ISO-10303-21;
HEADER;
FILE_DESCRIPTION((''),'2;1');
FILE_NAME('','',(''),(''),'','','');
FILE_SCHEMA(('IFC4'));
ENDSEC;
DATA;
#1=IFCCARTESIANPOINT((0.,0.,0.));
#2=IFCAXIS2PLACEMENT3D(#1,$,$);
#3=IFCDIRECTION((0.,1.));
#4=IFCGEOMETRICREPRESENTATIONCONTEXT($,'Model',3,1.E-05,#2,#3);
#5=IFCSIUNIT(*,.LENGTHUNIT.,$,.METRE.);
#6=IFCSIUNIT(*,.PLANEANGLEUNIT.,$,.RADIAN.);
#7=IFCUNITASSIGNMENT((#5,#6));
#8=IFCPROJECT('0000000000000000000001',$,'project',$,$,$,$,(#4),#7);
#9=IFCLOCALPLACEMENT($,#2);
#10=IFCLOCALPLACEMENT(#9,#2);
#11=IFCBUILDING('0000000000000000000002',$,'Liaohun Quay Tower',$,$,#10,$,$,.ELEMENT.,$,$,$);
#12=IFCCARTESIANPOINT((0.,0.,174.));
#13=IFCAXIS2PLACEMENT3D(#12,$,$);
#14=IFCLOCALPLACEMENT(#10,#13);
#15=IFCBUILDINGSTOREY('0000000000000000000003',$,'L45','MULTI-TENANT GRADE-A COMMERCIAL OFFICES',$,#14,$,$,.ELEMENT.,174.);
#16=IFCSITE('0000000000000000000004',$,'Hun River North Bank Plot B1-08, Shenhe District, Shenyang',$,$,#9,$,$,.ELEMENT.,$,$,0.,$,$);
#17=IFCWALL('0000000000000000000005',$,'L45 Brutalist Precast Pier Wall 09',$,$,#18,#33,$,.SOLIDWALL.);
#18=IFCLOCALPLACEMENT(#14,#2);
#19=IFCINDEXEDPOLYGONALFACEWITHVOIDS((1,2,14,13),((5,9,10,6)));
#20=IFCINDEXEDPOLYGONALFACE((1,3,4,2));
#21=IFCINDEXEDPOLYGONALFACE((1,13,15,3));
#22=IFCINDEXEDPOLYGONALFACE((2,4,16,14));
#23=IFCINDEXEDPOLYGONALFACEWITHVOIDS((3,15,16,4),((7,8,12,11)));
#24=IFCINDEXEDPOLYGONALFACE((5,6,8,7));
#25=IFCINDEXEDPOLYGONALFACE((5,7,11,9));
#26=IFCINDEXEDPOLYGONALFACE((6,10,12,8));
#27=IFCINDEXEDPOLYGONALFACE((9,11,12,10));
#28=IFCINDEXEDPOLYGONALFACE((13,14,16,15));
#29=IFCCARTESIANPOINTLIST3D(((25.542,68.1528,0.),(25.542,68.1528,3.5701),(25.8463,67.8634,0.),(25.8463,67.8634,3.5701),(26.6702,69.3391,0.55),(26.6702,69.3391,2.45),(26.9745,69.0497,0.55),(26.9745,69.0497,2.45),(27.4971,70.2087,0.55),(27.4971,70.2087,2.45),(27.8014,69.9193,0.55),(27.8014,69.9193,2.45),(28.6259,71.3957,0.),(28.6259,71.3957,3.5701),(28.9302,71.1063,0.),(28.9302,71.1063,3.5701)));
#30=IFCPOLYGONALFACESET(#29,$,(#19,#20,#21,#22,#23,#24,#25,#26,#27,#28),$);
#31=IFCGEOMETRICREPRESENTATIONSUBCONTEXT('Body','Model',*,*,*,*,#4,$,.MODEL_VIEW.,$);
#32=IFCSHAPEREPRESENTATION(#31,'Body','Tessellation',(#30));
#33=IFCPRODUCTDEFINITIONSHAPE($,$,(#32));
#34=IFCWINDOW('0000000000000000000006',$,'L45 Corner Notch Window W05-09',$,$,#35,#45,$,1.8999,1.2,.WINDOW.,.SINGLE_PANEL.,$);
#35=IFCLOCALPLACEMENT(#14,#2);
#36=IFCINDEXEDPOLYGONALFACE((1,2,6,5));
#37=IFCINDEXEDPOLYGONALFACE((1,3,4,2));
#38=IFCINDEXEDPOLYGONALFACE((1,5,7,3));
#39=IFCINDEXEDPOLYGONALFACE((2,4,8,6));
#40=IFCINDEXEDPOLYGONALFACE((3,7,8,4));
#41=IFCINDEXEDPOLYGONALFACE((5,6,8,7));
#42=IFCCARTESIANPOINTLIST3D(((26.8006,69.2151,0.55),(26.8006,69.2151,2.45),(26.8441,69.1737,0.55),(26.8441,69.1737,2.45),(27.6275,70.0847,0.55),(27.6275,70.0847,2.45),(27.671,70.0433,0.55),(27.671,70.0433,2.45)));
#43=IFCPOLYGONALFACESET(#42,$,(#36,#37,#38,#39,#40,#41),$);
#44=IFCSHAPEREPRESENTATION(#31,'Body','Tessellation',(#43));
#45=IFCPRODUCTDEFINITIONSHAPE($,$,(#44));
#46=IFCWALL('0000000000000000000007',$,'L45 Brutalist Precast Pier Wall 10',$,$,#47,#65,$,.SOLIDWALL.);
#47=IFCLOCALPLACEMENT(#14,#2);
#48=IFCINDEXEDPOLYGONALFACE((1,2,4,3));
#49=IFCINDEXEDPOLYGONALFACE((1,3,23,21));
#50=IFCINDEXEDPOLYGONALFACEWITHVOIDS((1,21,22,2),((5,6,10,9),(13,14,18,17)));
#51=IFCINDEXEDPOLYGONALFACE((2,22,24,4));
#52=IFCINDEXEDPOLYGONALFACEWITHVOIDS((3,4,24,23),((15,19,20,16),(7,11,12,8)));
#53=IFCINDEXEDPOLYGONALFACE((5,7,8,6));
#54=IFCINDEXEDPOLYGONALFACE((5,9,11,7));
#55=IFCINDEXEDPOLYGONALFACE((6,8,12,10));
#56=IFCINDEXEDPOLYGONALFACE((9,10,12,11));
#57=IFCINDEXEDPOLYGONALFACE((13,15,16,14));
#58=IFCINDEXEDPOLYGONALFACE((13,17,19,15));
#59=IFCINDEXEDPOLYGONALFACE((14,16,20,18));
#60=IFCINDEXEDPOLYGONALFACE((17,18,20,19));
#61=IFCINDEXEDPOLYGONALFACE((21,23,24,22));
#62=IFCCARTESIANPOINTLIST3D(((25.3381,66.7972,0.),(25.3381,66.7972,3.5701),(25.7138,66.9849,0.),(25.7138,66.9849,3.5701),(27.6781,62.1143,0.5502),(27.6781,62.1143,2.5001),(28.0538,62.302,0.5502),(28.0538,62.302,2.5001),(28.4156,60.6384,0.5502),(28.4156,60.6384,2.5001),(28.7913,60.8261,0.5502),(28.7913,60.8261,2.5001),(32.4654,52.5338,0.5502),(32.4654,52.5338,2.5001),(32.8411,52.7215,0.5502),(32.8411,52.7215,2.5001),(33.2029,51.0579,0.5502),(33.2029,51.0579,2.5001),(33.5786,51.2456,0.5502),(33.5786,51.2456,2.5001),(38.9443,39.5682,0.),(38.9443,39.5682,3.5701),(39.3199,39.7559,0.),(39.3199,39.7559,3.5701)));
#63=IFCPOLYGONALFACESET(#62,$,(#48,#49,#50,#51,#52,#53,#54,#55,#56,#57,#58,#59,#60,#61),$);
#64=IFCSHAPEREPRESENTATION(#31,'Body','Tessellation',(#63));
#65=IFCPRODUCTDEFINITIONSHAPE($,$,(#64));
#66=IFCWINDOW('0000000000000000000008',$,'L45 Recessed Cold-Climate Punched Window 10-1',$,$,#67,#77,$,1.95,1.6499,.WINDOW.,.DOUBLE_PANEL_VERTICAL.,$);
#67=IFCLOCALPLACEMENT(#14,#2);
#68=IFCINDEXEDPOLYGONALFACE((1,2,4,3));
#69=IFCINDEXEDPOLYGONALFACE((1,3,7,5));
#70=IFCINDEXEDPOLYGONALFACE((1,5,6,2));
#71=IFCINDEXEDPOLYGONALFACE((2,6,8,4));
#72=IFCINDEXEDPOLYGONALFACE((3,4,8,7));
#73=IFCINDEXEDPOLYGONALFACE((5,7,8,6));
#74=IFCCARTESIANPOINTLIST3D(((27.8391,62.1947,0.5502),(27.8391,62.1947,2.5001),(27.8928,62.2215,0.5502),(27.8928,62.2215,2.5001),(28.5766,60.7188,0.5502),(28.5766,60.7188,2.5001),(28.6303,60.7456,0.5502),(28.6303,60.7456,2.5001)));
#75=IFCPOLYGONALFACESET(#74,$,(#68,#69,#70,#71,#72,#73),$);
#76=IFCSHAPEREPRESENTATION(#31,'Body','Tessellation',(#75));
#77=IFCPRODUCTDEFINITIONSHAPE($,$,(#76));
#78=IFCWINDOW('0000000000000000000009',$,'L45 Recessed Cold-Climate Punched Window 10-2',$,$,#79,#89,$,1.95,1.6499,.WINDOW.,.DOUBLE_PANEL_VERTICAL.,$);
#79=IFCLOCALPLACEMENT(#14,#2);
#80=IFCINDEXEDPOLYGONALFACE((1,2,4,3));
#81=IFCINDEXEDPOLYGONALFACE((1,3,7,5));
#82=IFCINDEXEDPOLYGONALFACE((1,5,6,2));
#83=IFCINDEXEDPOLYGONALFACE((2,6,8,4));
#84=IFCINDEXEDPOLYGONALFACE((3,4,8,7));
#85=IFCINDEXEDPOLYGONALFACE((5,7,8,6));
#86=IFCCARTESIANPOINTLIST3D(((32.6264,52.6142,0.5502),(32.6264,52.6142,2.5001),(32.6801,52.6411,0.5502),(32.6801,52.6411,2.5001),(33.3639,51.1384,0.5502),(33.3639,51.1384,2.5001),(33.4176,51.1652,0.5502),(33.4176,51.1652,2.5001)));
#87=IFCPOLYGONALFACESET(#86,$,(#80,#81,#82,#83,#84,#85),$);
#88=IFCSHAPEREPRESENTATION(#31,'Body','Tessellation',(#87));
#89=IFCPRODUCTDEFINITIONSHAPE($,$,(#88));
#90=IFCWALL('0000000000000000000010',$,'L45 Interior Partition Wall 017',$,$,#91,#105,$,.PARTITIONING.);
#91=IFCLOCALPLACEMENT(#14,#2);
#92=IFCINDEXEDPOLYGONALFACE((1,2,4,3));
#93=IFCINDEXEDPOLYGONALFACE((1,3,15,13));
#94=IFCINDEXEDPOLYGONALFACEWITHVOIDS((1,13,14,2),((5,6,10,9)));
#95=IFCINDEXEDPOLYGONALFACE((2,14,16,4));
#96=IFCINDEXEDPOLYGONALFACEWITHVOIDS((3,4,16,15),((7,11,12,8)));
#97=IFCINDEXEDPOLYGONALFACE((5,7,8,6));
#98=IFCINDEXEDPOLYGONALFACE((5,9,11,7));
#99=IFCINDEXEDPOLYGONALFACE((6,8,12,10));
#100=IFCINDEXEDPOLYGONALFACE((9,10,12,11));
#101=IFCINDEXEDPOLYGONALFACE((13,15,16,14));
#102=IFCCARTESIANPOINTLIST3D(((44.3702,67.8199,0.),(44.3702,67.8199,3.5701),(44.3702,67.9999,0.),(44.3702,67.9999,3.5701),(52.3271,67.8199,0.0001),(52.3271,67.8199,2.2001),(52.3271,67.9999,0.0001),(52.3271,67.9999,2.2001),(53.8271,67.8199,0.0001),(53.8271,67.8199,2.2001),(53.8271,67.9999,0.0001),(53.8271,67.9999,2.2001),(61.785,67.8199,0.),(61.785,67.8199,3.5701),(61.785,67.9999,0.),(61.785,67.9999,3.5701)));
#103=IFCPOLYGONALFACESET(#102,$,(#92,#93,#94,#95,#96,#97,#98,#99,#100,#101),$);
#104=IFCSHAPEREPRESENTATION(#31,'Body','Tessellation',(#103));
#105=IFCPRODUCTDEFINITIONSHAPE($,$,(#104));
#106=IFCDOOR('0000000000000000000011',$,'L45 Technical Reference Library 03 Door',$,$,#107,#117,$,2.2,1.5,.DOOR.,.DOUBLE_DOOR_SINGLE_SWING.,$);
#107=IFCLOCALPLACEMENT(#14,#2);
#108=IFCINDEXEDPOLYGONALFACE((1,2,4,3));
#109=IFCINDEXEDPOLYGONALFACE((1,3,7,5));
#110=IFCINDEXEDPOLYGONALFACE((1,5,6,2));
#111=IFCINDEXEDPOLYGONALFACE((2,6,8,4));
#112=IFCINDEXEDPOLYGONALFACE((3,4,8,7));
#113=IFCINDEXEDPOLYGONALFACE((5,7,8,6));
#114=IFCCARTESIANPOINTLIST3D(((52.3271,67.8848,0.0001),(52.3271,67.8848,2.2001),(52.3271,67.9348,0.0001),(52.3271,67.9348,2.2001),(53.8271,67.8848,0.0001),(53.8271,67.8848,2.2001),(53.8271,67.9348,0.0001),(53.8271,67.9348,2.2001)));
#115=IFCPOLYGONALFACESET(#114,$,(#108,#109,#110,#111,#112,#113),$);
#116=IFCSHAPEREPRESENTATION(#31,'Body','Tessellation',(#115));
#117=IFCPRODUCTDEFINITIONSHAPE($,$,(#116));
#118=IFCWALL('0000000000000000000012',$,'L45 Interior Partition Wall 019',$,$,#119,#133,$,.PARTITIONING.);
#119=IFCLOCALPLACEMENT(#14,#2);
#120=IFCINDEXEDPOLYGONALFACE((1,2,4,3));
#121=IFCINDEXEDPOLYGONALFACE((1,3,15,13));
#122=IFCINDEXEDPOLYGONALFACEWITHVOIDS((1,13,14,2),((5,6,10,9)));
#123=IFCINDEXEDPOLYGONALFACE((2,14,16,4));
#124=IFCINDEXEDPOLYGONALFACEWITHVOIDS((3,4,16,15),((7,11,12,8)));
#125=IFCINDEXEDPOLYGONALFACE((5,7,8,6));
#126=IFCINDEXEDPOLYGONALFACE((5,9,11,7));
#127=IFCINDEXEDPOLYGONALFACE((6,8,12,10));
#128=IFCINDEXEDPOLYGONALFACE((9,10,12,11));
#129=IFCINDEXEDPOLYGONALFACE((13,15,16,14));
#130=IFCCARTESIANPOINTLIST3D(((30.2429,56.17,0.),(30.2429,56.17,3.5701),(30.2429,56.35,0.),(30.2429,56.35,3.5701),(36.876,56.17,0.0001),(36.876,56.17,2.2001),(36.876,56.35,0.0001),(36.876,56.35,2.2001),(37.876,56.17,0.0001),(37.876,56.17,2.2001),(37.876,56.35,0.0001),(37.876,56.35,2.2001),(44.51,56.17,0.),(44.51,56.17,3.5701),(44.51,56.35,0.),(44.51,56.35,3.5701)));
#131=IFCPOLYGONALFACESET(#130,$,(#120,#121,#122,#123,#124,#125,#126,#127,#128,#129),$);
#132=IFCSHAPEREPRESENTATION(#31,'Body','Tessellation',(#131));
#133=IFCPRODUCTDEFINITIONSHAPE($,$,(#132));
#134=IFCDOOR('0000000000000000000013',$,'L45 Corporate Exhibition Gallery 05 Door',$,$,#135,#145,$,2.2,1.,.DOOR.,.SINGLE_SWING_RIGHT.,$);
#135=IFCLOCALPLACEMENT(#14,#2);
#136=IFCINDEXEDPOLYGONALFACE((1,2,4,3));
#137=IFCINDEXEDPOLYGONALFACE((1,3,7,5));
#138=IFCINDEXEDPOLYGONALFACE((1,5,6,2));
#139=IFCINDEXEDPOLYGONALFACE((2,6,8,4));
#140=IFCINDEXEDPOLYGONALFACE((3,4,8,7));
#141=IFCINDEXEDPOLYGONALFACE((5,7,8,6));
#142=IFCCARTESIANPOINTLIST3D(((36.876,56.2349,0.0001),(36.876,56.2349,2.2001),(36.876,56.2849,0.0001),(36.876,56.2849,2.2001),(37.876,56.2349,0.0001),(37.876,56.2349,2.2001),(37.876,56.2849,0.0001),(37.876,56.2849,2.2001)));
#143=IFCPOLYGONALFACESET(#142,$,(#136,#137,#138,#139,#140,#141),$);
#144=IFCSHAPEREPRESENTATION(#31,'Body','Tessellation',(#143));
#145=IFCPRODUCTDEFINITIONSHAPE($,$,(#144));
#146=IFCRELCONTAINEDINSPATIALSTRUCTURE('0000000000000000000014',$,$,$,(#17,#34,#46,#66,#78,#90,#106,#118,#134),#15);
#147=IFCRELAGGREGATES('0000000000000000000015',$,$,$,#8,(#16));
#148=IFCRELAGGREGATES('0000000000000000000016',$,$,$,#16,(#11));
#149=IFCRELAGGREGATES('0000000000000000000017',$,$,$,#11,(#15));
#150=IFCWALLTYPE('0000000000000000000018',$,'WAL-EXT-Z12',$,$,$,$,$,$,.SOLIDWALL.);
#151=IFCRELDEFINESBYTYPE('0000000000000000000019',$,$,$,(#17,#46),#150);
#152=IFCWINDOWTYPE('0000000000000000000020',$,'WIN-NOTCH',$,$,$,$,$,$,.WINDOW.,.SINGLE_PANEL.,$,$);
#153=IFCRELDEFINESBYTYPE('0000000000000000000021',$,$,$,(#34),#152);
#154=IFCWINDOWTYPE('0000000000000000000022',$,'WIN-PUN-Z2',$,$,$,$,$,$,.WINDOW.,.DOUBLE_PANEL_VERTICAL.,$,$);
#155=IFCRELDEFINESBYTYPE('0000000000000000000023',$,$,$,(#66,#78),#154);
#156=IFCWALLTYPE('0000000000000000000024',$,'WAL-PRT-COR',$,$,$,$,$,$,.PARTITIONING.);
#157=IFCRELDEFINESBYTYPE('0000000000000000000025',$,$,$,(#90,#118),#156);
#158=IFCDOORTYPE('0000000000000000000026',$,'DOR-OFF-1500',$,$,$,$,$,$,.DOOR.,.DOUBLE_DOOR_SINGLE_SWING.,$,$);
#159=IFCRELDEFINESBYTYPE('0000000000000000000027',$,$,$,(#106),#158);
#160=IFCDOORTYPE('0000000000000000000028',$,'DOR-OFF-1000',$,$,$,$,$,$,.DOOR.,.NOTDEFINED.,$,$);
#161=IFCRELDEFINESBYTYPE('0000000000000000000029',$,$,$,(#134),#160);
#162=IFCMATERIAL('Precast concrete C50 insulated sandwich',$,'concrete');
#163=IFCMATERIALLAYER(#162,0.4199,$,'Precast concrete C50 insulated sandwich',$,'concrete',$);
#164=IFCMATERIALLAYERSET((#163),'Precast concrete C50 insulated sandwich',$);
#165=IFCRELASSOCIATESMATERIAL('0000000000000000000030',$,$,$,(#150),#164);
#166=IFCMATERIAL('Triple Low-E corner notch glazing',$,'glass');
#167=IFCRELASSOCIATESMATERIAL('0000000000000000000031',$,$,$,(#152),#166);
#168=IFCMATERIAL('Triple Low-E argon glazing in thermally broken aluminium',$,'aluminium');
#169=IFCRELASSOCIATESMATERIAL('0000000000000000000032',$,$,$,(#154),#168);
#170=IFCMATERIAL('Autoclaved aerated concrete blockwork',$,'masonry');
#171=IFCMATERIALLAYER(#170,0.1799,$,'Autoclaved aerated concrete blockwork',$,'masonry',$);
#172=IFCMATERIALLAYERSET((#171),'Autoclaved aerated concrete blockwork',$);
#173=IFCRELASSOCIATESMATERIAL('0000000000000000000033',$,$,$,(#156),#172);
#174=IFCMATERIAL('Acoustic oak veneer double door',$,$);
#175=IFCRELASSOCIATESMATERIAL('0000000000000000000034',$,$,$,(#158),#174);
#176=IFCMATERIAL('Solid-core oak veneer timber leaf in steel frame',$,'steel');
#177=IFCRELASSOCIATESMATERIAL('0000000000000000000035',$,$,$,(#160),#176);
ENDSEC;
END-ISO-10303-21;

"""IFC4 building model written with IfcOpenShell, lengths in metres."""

from ifc_helpers import new_model, si_unit, direction, frame, frame_2d, origin, place, context, subcontext, project, spatial, rectangle, extrude, source, transform, mapped, material, layer, layer_set, type_object, element, fill, save


model = new_model("IFC4")

# Units and contexts
model_context = context("Model", 3, precision=1e-05, world=origin(), true_north=direction((0.0, 1.0)))
body_context = subcontext(model_context, "Body", "Model", "MODEL_VIEW")
ifc_project = project(units=[si_unit("LENGTHUNIT", "METRE"), si_unit("PLANEANGLEUNIT", "RADIAN")], contexts=[model_context])

# Site, building, storey
site_placement = place(None, origin())
site = spatial("IfcSite", under=ifc_project, at=site_placement, Name="Hun River North Bank Plot B1-08, Shenhe District, Shenyang", CompositionType="ELEMENT", RefElevation=0.0)
building_placement = place(site_placement, origin())
building = spatial("IfcBuilding", under=site, at=building_placement, Name="Liaohun Quay Tower", CompositionType="ELEMENT")
storey_placement = place(building_placement, frame((0.0, 0.0, 174.0)))
storey = spatial("IfcBuildingStorey", under=building, at=storey_placement, Name="L45", Description="MULTI-TENANT GRADE-A COMMERCIAL OFFICES", CompositionType="ELEMENT", Elevation=174.0)

# Wall, opening, window
ifc_material_1 = material(Name="Precast concrete C50 insulated sandwich", Category="concrete")
ifc_layer_1 = layer(ifc_material_1, 0.4199, Name="Precast concrete C50 insulated sandwich", Category="concrete")
ifc_layer_set_1 = layer_set([ifc_layer_1], Name="Precast concrete C50 insulated sandwich")
wall_type_1 = type_object("IfcWallType", Name="WAL-EXT-Z12", PredefinedType="SOLIDWALL", material=ifc_layer_set_1)
shared_shape_1 = source(origin(), body_context, "Body", "SweptSolid", [
    extrude(rectangle(XDim=1.2, YDim=1.8999, at=frame_2d((0.6001, 0.95))), frame((0.0, 0.22, 0.0), z_axis=(0.0, -1.0, 0.0), x_axis=(1.0, 0.0, 0.0)), (0.0, 0.0, 1.0), 0.4399),
])
ifc_material_2 = material(Name="Triple Low-E corner notch glazing", Category="glass")
window_type_1 = type_object("IfcWindowType", Name="WIN-NOTCH", PartitioningType="SINGLE_PANEL", PredefinedType="WINDOW", material=ifc_material_2)
shared_shape_2 = source(origin(), body_context, "Body", "SweptSolid", [
    extrude(rectangle(XDim=1.2, YDim=1.8999, at=frame_2d((0.6001, 0.95))), frame((0.0, 0.03, 0.0), z_axis=(0.0, -1.0, 0.0), x_axis=(1.0, 0.0, 0.0)), (0.0, 0.0, 1.0), 0.0601),
])
wall_1_placement = place(storey_placement, frame((28.7781, 71.251, 0.0), z_axis=(0.0, 0.0, 1.0), x_axis=(-0.689126, -0.724641, 0.0)))
wall_1 = element("IfcWall", 1, at=wall_1_placement, inside=storey, type_object=wall_type_1, Name="L45 Brutalist Precast Pier Wall 09", PredefinedType="SOLIDWALL", context=body_context, shape_type="SweptSolid", body=[
    extrude(rectangle(XDim=4.4751, YDim=0.4199, at=frame_2d((2.2375, 0.0))), origin(), (0.0, 0.0, 1.0), 3.5701),
])
opening_1_placement = place(wall_1_placement, frame((1.6379, 0.0, 0.55)))
opening_1 = element("IfcOpeningElement", 2, at=opening_1_placement, cuts=wall_1, PredefinedType="OPENING", context=body_context, shape_type="MappedRepresentation", body=[
    mapped(shared_shape_1, transform((0.0, 0.0, 0.0), x_axis=(1.0, 0.0, 0.0), y_axis=(0.0, 1.0, 0.0), z_axis=(0.0, 0.0, 1.0), scale=1.0)),
])
window_1_placement = place(opening_1_placement, origin())
window_1 = element("IfcWindow", 3, at=window_1_placement, inside=storey, type_object=window_type_1, Name="L45 Corner Notch Window W05-09", OverallHeight=1.8999, OverallWidth=1.2, PartitioningType="SINGLE_PANEL", PredefinedType="WINDOW", context=body_context, shape_type="MappedRepresentation", body=[
    mapped(shared_shape_2, transform((0.0, 0.0, 0.0), x_axis=(1.0, 0.0, 0.0), y_axis=(0.0, 1.0, 0.0), z_axis=(0.0, 0.0, 1.0), scale=1.0)),
])
fill(opening_1, window_1)

# Wall, openings, windows
wall_2_placement = place(storey_placement, frame((25.5259, 66.8911, 0.0), z_axis=(0.0, 0.0, 1.0), x_axis=(0.446995, -0.894536, 0.0)))
wall_2 = element("IfcWall", 4, at=wall_2_placement, inside=storey, type_object=wall_type_1, Name="L45 Brutalist Precast Pier Wall 10", PredefinedType="SOLIDWALL", context=body_context, shape_type="SweptSolid", body=[
    extrude(rectangle(XDim=30.4392, YDim=0.4199, at=frame_2d((15.2197, 0.0))), origin(), (0.0, 0.0, 1.0), 3.5701),
])
shared_shape_3 = source(origin(), body_context, "Body", "SweptSolid", [
    extrude(rectangle(XDim=1.6499, YDim=1.95, at=frame_2d((0.825, 0.9751))), frame((0.0, 0.22, 0.0), z_axis=(0.0, -1.0, 0.0), x_axis=(1.0, 0.0, 0.0)), (0.0, 0.0, 1.0), 0.4399),
])
opening_2_placement = place(wall_2_placement, frame((5.2351, 0.0, 0.55)))
opening_2 = element("IfcOpeningElement", 5, at=opening_2_placement, cuts=wall_2, PredefinedType="OPENING", context=body_context, shape_type="MappedRepresentation", body=[
    mapped(shared_shape_3, transform((0.0, 0.0, 0.0), x_axis=(1.0, 0.0, 0.0), y_axis=(0.0, 1.0, 0.0), z_axis=(0.0, 0.0, 1.0), scale=1.0)),
])
opening_3_placement = place(wall_2_placement, frame((15.9451, 0.0, 0.55)))
opening_3 = element("IfcOpeningElement", 6, at=opening_3_placement, cuts=wall_2, PredefinedType="OPENING", context=body_context, shape_type="MappedRepresentation", body=[
    mapped(shared_shape_3, transform((0.0, 0.0, 0.0), x_axis=(1.0, 0.0, 0.0), y_axis=(0.0, 1.0, 0.0), z_axis=(0.0, 0.0, 1.0), scale=1.0)),
])
ifc_material_3 = material(Name="Triple Low-E argon glazing in thermally broken aluminium", Category="aluminium")
window_type_2 = type_object("IfcWindowType", Name="WIN-PUN-Z2", PartitioningType="DOUBLE_PANEL_VERTICAL", PredefinedType="WINDOW", material=ifc_material_3)
shared_shape_4 = source(origin(), body_context, "Body", "SweptSolid", [
    extrude(rectangle(XDim=1.6499, YDim=1.95, at=frame_2d((0.825, 0.9751))), frame((0.0, 0.03, 0.0), z_axis=(0.0, -1.0, 0.0), x_axis=(1.0, 0.0, 0.0)), (0.0, 0.0, 1.0), 0.0601),
])
window_2_placement = place(opening_2_placement, origin())
window_2 = element("IfcWindow", 7, at=window_2_placement, inside=storey, type_object=window_type_2, Name="L45 Recessed Cold-Climate Punched Window 10-1", OverallHeight=1.95, OverallWidth=1.6499, PartitioningType="DOUBLE_PANEL_VERTICAL", PredefinedType="WINDOW", context=body_context, shape_type="MappedRepresentation", body=[
    mapped(shared_shape_4, transform((0.0, 0.0, 0.0), x_axis=(1.0, 0.0, 0.0), y_axis=(0.0, 1.0, 0.0), z_axis=(0.0, 0.0, 1.0), scale=1.0)),
])
fill(opening_2, window_2)
window_3_placement = place(opening_3_placement, origin())
window_3 = element("IfcWindow", 8, at=window_3_placement, inside=storey, type_object=window_type_2, Name="L45 Recessed Cold-Climate Punched Window 10-2", OverallHeight=1.95, OverallWidth=1.6499, PartitioningType="DOUBLE_PANEL_VERTICAL", PredefinedType="WINDOW", context=body_context, shape_type="MappedRepresentation", body=[
    mapped(shared_shape_4, transform((0.0, 0.0, 0.0), x_axis=(1.0, 0.0, 0.0), y_axis=(0.0, 1.0, 0.0), z_axis=(0.0, 0.0, 1.0), scale=1.0)),
])
fill(opening_3, window_3)

# Walls, openings, doors
ifc_material_4 = material(Name="Autoclaved aerated concrete blockwork", Category="masonry")
ifc_layer_2 = layer(ifc_material_4, 0.1799, Name="Autoclaved aerated concrete blockwork", Category="masonry")
ifc_layer_set_2 = layer_set([ifc_layer_2], Name="Autoclaved aerated concrete blockwork")
wall_type_2 = type_object("IfcWallType", Name="WAL-PRT-COR", PredefinedType="PARTITIONING", material=ifc_layer_set_2)
wall_3_placement = place(storey_placement, frame((44.3701, 67.9099, 0.0), z_axis=(0.0, 0.0, 1.0), x_axis=(1.0, 0.0, 0.0)))
wall_3 = element("IfcWall", 9, at=wall_3_placement, inside=storey, type_object=wall_type_2, Name="L45 Interior Partition Wall 017", PredefinedType="PARTITIONING", context=body_context, shape_type="SweptSolid", body=[
    extrude(rectangle(XDim=17.4148, YDim=0.1799, at=frame_2d((8.7075, 0.0))), origin(), (0.0, 0.0, 1.0), 3.5701),
])
shared_shape_5 = source(origin(), body_context, "Body", "SweptSolid", [
    extrude(rectangle(XDim=1.5, YDim=2.2, at=frame_2d((0.75, 1.1001))), frame((0.0, 0.0999, 0.0), z_axis=(0.0, -1.0, 0.0), x_axis=(1.0, 0.0, 0.0)), (0.0, 0.0, 1.0), 0.2),
])
opening_4_placement = place(wall_3_placement, frame((7.957, 0.0, 0.0)))
opening_4 = element("IfcOpeningElement", 10, at=opening_4_placement, cuts=wall_3, PredefinedType="OPENING", context=body_context, shape_type="MappedRepresentation", body=[
    mapped(shared_shape_5, transform((0.0, 0.0, 0.0), x_axis=(1.0, 0.0, 0.0), y_axis=(0.0, 1.0, 0.0), z_axis=(0.0, 0.0, 1.0), scale=1.0)),
])
ifc_material_5 = material(Name="Acoustic oak veneer double door")
door_type_1 = type_object("IfcDoorType", Name="DOR-OFF-1500", OperationType="DOUBLE_DOOR_SINGLE_SWING", PredefinedType="DOOR", material=ifc_material_5)
shared_shape_6 = source(origin(), body_context, "Body", "SweptSolid", [
    extrude(rectangle(XDim=1.5, YDim=2.2, at=frame_2d((0.75, 1.1001))), frame((0.0, 0.0249, 0.0), z_axis=(0.0, -1.0, 0.0), x_axis=(1.0, 0.0, 0.0)), (0.0, 0.0, 1.0), 0.05),
])
door_1_placement = place(opening_4_placement, origin())
door_1 = element("IfcDoor", 11, at=door_1_placement, inside=storey, type_object=door_type_1, Name="L45 Technical Reference Library 03 Door", OperationType="DOUBLE_DOOR_SINGLE_SWING", OverallHeight=2.2, OverallWidth=1.5, PredefinedType="DOOR", context=body_context, shape_type="MappedRepresentation", body=[
    mapped(shared_shape_6, transform((0.0, 0.0, 0.0), x_axis=(1.0, 0.0, 0.0), y_axis=(0.0, 1.0, 0.0), z_axis=(0.0, 0.0, 1.0), scale=1.0)),
])
fill(opening_4, door_1)
wall_4_placement = place(storey_placement, frame((30.2429, 56.26, 0.0), z_axis=(0.0, 0.0, 1.0), x_axis=(1.0, 0.0, 0.0)))
wall_4 = element("IfcWall", 12, at=wall_4_placement, inside=storey, type_object=wall_type_2, Name="L45 Interior Partition Wall 019", PredefinedType="PARTITIONING", context=body_context, shape_type="SweptSolid", body=[
    extrude(rectangle(XDim=14.2671, YDim=0.1799, at=frame_2d((7.1335, 0.0))), origin(), (0.0, 0.0, 1.0), 3.5701),
])
shared_shape_7 = source(origin(), body_context, "Body", "SweptSolid", [
    extrude(rectangle(XDim=1.0, YDim=2.2, at=frame_2d((0.5, 1.1001))), frame((0.0, 0.0999, 0.0), z_axis=(0.0, -1.0, 0.0), x_axis=(1.0, 0.0, 0.0)), (0.0, 0.0, 1.0), 0.2),
])
opening_5_placement = place(wall_4_placement, frame((6.6331, 0.0, 0.0)))
opening_5 = element("IfcOpeningElement", 13, at=opening_5_placement, cuts=wall_4, PredefinedType="OPENING", context=body_context, shape_type="MappedRepresentation", body=[
    mapped(shared_shape_7, transform((0.0, 0.0, 0.0), x_axis=(1.0, 0.0, 0.0), y_axis=(0.0, 1.0, 0.0), z_axis=(0.0, 0.0, 1.0), scale=1.0)),
])
ifc_material_6 = material(Name="Solid-core oak veneer timber leaf in steel frame", Category="steel")
door_type_2 = type_object("IfcDoorType", Name="DOR-OFF-1000", OperationType="NOTDEFINED", PredefinedType="DOOR", material=ifc_material_6)
shared_shape_8 = source(origin(), body_context, "Body", "SweptSolid", [
    extrude(rectangle(XDim=1.0, YDim=2.2, at=frame_2d((0.5, 1.1001))), frame((0.0, 0.0249, 0.0), z_axis=(0.0, -1.0, 0.0), x_axis=(1.0, 0.0, 0.0)), (0.0, 0.0, 1.0), 0.05),
])
door_2_placement = place(opening_5_placement, origin())
door_2 = element("IfcDoor", 14, at=door_2_placement, inside=storey, type_object=door_type_2, Name="L45 Corporate Exhibition Gallery 05 Door", OperationType="SINGLE_SWING_RIGHT", OverallHeight=2.2, OverallWidth=1.0, PredefinedType="DOOR", context=body_context, shape_type="MappedRepresentation", body=[
    mapped(shared_shape_8, transform((0.0, 0.0, 0.0), x_axis=(1.0, 0.0, 0.0), y_axis=(0.0, 1.0, 0.0), z_axis=(0.0, 0.0, 1.0), scale=1.0)),
])
fill(opening_5, door_2)

save(model, "model.ifc")
